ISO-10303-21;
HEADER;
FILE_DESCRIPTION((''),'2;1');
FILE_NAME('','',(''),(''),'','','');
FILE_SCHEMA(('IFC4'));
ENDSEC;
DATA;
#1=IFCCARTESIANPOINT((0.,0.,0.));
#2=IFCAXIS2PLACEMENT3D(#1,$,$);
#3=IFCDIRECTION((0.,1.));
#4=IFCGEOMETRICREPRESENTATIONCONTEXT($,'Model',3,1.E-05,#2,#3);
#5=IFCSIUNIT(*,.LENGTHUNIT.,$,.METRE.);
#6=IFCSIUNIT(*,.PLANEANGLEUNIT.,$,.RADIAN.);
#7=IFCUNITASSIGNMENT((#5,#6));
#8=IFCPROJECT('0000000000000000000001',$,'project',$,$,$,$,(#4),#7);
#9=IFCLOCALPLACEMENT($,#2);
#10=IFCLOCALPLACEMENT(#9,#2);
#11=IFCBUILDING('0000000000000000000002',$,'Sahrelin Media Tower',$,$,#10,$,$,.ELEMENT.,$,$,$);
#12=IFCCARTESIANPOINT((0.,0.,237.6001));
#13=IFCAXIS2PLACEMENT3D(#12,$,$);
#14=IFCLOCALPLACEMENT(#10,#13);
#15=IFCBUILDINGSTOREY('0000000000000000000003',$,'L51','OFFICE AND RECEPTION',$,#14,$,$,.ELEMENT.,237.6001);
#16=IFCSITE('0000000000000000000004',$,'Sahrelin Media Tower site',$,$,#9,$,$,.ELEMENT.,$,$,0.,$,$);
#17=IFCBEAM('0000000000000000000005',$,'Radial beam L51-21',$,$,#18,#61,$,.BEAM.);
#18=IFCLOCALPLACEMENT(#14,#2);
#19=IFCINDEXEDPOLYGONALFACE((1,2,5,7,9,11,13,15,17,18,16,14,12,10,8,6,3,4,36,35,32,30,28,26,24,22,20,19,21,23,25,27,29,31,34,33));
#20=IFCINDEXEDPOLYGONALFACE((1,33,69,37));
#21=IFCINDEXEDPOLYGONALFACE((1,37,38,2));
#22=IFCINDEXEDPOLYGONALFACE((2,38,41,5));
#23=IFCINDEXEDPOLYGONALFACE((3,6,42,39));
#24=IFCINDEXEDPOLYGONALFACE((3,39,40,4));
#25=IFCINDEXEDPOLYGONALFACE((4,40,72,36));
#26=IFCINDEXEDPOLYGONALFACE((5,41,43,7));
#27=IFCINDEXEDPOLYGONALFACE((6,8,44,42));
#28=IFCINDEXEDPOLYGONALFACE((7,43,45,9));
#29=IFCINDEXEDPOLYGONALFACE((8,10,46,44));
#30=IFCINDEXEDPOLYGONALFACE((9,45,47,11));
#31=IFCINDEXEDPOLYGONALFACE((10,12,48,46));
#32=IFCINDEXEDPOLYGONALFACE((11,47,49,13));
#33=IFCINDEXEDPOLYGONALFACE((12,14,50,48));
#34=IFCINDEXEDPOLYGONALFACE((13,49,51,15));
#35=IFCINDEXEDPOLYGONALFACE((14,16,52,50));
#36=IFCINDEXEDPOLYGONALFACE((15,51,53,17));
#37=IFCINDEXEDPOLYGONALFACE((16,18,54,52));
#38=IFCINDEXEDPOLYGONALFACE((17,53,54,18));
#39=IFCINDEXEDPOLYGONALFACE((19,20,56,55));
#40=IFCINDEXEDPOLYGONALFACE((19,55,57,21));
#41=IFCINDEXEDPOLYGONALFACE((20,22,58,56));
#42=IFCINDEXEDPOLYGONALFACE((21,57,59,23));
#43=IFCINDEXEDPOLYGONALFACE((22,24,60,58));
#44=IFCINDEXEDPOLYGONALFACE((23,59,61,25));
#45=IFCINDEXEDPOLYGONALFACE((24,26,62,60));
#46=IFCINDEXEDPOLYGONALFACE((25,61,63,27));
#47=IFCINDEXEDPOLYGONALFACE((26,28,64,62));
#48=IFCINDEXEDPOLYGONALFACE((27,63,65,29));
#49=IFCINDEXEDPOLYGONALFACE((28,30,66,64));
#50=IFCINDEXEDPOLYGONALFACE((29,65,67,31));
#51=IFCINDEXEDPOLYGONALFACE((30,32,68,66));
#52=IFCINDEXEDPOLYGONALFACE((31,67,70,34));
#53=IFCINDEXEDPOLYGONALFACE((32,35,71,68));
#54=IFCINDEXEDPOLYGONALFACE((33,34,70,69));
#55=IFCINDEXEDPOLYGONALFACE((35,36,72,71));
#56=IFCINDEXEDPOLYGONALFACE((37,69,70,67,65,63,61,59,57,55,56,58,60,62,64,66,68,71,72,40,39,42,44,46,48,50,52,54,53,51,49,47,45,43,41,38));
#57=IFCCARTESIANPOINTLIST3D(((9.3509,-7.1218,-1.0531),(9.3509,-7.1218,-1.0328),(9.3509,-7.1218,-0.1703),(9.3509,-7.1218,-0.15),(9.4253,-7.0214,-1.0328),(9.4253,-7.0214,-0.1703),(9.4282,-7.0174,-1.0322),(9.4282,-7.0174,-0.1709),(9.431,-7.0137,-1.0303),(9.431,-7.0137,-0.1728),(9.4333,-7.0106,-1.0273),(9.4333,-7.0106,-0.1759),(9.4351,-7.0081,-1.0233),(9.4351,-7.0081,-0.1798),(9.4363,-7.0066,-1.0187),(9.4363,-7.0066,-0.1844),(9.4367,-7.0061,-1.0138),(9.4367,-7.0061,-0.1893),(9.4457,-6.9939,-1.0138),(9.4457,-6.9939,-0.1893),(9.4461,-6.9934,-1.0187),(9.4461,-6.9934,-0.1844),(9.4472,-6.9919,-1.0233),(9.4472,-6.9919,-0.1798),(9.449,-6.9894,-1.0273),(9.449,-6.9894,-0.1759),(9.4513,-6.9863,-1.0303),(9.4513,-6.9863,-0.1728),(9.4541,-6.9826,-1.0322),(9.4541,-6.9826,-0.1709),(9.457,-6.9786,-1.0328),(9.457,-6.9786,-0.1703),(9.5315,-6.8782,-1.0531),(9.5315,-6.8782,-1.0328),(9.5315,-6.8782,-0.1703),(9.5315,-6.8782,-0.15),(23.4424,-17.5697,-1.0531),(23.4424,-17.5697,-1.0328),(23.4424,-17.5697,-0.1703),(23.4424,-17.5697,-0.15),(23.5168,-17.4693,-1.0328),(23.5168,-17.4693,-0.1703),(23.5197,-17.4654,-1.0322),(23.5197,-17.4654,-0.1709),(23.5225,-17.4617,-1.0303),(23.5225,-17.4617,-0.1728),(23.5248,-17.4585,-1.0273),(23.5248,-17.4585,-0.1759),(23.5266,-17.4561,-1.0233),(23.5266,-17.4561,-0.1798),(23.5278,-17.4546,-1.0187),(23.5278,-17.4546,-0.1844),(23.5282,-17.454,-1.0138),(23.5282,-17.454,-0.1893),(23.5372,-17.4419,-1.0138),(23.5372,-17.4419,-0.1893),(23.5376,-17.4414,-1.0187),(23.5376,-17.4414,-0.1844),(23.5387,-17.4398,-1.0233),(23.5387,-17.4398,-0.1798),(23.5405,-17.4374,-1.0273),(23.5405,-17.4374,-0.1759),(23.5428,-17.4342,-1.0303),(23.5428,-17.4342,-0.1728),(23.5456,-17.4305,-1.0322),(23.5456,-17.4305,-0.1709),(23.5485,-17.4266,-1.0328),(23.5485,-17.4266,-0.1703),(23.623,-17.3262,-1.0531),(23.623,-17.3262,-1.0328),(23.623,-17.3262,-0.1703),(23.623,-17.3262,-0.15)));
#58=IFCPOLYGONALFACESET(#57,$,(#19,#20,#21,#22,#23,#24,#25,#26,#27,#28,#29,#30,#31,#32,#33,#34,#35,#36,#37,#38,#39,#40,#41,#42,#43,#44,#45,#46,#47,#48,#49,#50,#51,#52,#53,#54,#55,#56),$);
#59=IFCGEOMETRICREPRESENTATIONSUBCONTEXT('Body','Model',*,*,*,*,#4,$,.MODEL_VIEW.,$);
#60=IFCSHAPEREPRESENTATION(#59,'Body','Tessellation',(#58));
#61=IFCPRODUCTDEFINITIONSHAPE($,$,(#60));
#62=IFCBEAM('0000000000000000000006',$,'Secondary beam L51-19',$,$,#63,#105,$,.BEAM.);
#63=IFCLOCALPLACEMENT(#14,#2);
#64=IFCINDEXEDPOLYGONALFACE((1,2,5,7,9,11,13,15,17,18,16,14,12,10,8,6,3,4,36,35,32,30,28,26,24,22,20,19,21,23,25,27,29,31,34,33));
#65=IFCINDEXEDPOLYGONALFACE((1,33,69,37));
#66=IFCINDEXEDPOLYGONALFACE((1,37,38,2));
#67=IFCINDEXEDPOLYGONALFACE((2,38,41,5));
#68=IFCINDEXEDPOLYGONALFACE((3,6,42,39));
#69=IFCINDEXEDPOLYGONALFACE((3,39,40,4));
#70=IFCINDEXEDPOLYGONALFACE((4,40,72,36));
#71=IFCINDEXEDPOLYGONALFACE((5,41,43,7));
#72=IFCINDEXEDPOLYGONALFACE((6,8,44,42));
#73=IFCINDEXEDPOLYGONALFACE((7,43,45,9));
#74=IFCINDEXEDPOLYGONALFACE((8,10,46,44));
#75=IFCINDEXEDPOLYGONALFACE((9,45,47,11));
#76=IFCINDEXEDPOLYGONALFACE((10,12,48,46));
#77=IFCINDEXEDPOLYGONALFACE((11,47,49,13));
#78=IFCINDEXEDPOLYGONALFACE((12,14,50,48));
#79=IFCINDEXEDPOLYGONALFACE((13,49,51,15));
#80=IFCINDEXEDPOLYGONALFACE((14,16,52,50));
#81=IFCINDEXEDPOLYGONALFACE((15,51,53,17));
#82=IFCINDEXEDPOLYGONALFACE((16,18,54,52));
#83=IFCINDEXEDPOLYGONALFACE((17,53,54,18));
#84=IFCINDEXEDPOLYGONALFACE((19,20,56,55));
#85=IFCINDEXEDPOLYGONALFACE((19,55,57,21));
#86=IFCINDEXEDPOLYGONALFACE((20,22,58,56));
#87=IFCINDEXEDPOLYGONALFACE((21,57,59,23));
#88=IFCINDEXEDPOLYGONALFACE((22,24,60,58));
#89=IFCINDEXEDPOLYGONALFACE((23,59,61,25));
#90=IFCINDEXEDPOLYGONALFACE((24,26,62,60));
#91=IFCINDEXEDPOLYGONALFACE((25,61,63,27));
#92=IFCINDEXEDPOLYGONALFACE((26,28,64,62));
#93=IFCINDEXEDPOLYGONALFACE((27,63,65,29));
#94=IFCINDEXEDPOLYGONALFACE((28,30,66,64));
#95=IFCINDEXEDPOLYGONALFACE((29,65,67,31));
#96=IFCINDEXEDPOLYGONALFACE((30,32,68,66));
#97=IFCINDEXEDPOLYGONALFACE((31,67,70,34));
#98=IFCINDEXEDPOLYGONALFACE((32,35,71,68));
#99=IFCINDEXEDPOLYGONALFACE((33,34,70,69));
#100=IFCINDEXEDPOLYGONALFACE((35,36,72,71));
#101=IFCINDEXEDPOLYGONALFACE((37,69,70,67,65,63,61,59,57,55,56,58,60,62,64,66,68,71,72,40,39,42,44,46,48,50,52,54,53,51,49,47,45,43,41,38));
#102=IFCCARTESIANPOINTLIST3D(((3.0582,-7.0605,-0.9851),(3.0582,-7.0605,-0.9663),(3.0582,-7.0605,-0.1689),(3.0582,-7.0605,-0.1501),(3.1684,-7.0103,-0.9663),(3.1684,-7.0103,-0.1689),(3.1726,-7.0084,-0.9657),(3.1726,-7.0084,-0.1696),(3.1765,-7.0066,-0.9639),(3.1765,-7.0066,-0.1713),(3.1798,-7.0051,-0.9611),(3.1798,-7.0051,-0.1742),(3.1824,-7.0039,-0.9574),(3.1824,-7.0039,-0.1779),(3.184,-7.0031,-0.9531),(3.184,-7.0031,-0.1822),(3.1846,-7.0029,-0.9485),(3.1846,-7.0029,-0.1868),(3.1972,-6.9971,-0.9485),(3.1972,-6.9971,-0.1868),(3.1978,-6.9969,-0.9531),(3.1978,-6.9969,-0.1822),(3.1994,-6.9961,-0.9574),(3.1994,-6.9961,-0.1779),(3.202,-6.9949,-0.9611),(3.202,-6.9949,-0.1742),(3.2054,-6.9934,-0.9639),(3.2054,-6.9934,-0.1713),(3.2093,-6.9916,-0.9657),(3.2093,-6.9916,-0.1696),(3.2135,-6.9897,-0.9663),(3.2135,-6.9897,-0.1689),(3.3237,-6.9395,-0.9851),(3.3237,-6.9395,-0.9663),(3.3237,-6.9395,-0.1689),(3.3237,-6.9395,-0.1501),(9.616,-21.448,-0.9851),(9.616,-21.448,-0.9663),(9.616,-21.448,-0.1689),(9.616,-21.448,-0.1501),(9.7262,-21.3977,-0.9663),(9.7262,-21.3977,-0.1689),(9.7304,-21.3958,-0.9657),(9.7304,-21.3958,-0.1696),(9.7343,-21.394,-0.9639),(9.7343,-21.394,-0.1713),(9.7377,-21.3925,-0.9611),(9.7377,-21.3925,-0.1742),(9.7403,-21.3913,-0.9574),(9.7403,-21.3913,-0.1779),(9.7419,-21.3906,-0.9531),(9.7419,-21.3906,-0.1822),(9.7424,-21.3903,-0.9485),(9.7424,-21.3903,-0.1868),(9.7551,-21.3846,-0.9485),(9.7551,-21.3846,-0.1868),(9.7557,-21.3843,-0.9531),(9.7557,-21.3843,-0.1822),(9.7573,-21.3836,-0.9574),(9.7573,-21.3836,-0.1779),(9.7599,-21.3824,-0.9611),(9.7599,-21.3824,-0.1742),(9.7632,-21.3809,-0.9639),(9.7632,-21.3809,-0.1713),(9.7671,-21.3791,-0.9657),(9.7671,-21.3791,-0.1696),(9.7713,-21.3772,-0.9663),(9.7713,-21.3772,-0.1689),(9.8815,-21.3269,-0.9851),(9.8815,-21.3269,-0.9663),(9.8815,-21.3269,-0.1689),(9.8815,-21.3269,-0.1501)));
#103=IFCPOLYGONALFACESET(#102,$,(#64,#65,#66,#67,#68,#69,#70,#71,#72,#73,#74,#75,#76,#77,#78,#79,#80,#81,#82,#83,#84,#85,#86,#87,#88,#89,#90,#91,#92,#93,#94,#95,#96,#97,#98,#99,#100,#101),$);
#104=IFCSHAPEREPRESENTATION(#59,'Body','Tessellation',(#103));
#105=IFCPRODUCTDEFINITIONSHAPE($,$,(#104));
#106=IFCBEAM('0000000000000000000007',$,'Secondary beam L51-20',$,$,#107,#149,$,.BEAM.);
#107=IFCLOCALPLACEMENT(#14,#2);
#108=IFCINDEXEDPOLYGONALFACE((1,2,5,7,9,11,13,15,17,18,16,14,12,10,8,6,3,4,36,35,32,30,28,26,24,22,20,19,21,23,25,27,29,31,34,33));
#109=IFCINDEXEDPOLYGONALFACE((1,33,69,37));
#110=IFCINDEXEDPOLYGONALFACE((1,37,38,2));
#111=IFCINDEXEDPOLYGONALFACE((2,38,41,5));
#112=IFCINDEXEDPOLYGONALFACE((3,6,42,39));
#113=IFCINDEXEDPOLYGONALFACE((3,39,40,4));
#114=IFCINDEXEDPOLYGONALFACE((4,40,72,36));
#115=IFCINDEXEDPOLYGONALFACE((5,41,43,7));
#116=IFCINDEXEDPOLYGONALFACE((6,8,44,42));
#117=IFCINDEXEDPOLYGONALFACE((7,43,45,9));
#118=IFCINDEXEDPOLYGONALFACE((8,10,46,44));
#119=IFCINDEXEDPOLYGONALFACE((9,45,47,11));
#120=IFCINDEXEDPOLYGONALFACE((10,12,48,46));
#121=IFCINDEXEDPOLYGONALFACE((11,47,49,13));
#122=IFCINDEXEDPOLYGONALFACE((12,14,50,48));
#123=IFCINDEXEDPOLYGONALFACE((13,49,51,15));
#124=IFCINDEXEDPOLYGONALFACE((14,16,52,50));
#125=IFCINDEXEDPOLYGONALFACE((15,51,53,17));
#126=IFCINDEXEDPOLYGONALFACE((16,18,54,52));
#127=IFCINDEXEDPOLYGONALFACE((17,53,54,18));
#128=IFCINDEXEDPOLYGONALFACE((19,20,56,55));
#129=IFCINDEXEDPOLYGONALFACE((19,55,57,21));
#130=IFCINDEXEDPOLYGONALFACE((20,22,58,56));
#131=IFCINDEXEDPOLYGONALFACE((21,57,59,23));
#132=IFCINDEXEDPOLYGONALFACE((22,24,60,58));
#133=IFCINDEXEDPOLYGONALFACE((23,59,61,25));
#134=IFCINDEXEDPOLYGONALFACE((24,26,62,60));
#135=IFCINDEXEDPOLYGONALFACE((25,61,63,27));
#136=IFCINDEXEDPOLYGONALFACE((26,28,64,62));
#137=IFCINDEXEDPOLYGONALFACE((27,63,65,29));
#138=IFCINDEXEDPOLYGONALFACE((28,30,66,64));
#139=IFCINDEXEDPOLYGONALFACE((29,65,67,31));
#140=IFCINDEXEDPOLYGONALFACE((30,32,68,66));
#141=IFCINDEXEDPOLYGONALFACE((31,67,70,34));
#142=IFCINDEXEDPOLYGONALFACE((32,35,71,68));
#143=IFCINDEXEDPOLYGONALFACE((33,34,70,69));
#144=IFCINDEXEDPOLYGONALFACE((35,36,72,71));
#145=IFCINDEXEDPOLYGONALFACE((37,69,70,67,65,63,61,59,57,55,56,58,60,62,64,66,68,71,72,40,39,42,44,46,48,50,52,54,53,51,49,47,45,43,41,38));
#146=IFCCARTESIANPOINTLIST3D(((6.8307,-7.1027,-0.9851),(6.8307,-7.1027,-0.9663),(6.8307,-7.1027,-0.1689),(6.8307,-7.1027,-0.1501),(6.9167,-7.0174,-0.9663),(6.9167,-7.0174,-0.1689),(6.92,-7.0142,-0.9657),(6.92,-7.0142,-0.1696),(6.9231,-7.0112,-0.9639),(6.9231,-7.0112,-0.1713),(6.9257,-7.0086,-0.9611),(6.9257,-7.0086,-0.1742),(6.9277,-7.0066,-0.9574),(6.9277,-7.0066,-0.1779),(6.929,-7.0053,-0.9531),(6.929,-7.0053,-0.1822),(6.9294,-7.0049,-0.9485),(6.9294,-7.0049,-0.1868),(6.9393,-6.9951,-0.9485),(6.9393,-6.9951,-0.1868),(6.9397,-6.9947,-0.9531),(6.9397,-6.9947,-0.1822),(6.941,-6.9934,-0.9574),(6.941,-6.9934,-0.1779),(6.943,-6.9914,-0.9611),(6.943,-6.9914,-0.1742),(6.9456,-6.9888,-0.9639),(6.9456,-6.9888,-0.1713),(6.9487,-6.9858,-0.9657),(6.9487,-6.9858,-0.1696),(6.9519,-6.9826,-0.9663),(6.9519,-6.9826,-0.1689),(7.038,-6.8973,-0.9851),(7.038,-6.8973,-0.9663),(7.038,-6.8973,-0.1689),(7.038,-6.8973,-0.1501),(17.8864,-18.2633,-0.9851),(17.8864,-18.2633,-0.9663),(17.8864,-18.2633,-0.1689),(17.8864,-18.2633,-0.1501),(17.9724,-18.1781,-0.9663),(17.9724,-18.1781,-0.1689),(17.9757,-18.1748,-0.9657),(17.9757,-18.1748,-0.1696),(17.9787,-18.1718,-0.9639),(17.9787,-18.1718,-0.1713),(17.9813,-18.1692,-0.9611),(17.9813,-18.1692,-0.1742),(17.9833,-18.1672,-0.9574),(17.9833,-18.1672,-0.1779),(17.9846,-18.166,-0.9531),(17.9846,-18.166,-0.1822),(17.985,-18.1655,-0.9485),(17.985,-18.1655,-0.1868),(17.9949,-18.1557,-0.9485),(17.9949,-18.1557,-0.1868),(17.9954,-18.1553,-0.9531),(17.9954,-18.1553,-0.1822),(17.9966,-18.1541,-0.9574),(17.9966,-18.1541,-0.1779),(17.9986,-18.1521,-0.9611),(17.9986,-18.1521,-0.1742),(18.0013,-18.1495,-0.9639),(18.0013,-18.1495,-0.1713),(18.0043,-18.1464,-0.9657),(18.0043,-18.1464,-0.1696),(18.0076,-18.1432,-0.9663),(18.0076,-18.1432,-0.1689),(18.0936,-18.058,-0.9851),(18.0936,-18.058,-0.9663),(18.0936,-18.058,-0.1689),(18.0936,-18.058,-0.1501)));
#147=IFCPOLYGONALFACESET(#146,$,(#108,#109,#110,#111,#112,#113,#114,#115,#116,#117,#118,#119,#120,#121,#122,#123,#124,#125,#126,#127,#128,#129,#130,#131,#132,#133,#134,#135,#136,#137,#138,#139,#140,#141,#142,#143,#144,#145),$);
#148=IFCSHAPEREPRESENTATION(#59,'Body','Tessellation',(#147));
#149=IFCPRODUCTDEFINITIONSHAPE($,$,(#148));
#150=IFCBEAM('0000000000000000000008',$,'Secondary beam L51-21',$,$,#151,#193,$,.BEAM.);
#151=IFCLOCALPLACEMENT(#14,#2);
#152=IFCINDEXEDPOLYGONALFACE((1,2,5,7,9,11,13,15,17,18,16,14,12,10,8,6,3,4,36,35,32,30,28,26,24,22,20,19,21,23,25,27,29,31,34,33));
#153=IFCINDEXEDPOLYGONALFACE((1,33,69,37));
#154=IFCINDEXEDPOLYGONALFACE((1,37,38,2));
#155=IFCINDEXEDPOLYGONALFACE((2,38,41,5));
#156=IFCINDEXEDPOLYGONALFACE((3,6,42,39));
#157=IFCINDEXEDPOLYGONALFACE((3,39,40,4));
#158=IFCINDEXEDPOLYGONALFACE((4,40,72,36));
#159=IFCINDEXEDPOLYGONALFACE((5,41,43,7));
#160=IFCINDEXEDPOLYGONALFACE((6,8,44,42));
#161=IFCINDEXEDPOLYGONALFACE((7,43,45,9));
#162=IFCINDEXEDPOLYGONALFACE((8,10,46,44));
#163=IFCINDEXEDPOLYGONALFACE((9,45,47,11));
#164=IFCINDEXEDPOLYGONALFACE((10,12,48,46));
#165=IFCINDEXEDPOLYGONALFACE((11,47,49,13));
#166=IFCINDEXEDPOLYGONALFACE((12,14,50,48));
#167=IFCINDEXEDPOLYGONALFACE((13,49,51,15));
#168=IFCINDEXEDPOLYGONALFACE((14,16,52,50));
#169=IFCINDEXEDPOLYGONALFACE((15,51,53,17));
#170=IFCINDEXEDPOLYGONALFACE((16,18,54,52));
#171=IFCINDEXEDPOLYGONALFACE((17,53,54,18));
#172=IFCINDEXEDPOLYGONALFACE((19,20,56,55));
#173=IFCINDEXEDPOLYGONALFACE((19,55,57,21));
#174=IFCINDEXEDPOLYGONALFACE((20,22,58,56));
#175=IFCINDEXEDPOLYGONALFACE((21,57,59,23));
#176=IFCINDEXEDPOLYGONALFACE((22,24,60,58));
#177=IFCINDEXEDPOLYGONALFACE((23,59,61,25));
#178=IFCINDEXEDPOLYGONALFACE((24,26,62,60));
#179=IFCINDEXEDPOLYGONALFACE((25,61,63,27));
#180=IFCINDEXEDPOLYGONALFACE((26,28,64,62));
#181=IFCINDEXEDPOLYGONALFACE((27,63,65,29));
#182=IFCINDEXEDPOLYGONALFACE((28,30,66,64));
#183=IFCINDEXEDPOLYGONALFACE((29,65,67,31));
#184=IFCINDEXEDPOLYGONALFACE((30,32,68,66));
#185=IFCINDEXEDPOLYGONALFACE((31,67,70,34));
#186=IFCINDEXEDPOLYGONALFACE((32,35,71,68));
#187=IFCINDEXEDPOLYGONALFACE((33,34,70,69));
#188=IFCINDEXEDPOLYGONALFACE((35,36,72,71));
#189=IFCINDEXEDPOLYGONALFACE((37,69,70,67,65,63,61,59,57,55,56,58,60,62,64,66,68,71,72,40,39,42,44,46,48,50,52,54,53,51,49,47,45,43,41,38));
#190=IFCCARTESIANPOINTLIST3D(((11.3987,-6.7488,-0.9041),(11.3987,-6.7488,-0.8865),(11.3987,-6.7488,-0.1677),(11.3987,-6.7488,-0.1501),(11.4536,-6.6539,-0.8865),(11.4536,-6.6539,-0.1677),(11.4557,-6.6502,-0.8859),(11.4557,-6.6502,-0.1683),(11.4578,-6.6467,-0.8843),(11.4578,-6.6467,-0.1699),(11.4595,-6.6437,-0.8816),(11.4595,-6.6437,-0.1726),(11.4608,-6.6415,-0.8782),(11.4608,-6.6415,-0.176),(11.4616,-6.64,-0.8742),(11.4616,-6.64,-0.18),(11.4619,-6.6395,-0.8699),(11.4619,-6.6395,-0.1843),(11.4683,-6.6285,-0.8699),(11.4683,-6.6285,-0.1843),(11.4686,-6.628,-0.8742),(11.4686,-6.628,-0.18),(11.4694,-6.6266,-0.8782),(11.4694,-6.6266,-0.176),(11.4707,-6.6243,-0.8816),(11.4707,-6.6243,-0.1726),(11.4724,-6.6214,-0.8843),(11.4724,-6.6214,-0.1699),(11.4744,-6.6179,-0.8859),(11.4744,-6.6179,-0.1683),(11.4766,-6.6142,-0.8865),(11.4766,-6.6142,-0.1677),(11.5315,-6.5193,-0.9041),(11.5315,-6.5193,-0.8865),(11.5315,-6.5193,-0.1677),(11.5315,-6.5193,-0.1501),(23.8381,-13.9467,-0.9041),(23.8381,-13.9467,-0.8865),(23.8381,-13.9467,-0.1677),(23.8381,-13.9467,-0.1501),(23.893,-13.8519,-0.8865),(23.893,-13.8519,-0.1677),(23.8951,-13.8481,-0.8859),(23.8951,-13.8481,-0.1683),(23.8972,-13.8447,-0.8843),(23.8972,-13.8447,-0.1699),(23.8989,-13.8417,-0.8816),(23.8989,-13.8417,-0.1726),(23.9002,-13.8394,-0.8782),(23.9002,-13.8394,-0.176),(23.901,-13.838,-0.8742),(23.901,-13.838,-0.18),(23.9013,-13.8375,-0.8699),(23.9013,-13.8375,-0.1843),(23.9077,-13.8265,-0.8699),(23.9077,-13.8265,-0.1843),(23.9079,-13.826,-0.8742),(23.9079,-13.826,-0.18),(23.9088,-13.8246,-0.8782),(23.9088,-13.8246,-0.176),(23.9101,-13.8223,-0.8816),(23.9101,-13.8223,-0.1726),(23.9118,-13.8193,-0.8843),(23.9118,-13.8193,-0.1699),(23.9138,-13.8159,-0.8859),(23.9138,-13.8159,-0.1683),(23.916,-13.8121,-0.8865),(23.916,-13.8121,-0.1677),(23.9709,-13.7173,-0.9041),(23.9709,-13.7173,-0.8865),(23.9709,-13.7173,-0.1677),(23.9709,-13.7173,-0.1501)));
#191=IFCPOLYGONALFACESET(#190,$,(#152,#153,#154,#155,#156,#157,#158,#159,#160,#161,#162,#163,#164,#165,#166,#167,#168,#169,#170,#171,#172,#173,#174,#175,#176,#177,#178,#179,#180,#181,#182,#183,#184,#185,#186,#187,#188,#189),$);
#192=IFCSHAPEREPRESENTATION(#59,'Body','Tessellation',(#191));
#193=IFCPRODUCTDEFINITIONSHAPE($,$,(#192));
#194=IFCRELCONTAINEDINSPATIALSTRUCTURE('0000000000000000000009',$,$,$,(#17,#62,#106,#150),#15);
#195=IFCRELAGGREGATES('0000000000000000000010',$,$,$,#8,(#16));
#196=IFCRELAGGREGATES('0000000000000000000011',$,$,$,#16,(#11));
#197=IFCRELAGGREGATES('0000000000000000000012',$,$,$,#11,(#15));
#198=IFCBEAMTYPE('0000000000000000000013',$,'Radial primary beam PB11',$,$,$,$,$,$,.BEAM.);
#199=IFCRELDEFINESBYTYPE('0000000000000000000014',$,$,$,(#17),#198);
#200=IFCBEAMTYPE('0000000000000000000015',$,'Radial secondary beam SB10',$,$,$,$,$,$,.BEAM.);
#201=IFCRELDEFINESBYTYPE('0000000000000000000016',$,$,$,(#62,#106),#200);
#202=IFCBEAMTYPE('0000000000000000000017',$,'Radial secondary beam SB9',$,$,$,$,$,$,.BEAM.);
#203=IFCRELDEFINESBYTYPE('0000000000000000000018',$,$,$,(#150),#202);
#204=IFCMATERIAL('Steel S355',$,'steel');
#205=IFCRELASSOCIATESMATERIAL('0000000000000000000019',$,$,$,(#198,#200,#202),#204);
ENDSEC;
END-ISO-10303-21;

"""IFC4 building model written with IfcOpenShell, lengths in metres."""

from ifc_helpers import new_model, si_unit, direction, frame, origin, origin_2d, place, context, subcontext, project, spatial, i_section, extrude, material, material_profile, profile_set, type_object, element, save


model = new_model("IFC4")

# Units and contexts
model_context = context("Model", 3, precision=1e-05, world=origin(), true_north=direction((0.0, 1.0)))
body_context = subcontext(model_context, "Body", "Model", "MODEL_VIEW")
ifc_project = project(units=[si_unit("LENGTHUNIT", "METRE"), si_unit("PLANEANGLEUNIT", "RADIAN")], contexts=[model_context])

# Site, building, storey
site_placement = place(None, origin())
site = spatial("IfcSite", under=ifc_project, at=site_placement, Name="Sahrelin Media Tower site", CompositionType="ELEMENT", RefElevation=0.0)
building_placement = place(site_placement, origin())
building = spatial("IfcBuilding", under=site, at=building_placement, Name="Sahrelin Media Tower", CompositionType="ELEMENT")
storey_placement = place(building_placement, frame((0.0, 0.0, 237.6001)))
storey = spatial("IfcBuildingStorey", under=building, at=storey_placement, Name="L51", Description="OFFICE AND RECEPTION", CompositionType="ELEMENT", Elevation=237.6001)

# Shared definitions
ifc_material_1 = material(Name="Steel S355", Category="steel")

# Beams
ifc_material_profile_1 = material_profile(ifc_material_1, i_section(OverallWidth=0.3032, OverallDepth=0.9031, WebThickness=0.0151, FlangeThickness=0.0203, FilletRadius=0.019, at=origin_2d()), Name="UB 914x305x201")
ifc_profile_set_1 = profile_set([ifc_material_profile_1], Name="Steel S355")
beam_type_1 = type_object("IfcBeamType", Name="Radial primary beam PB11", PredefinedType="BEAM", material=ifc_profile_set_1)
beam_1_placement = place(storey_placement, frame((9.4412, -7.0, -0.6016), z_axis=(0.80329, -0.595589, 0.0), x_axis=(0.595589, 0.80329, 0.0)))
element("IfcBeam", 1, at=beam_1_placement, inside=storey, type_object=beam_type_1, Name="Radial beam L51-21", PredefinedType="BEAM", context=body_context, shape_type="SweptSolid", body=[
    extrude(i_section(OverallWidth=0.3032, OverallDepth=0.9031, WebThickness=0.0151, FlangeThickness=0.0203, FilletRadius=0.019, at=origin_2d()), origin(), (0.0, 0.0, 1.0), 17.5422),
])
ifc_material_profile_2 = material_profile(ifc_material_1, i_section(OverallWidth=0.2917, OverallDepth=0.835, WebThickness=0.0139, FlangeThickness=0.0188, FilletRadius=0.0178, at=origin_2d()), Name="UB 838x292x176")
ifc_profile_set_2 = profile_set([ifc_material_profile_2], Name="Steel S355")
beam_type_2 = type_object("IfcBeamType", Name="Radial secondary beam SB10", PredefinedType="BEAM", material=ifc_profile_set_2)
beam_2_placement = place(storey_placement, frame((3.1909, -7.0, -0.5676), z_axis=(0.414752, -0.909934, 0.0), x_axis=(0.909934, 0.414752, 0.0)))
element("IfcBeam", 2, at=beam_2_placement, inside=storey, type_object=beam_type_2, Name="Secondary beam L51-19", PredefinedType="BEAM", context=body_context, shape_type="SweptSolid", body=[
    extrude(i_section(OverallWidth=0.2917, OverallDepth=0.835, WebThickness=0.0139, FlangeThickness=0.0188, FilletRadius=0.0178, at=origin_2d()), origin(), (0.0, 0.0, 1.0), 15.8115),
])
beam_3_placement = place(storey_placement, frame((6.9343, -7.0, -0.5676), z_axis=(0.703758, -0.71044, 0.0), x_axis=(0.71044, 0.703758, 0.0)))
element("IfcBeam", 3, at=beam_3_placement, inside=storey, type_object=beam_type_2, Name="Secondary beam L51-20", PredefinedType="BEAM", context=body_context, shape_type="SweptSolid", body=[
    extrude(i_section(OverallWidth=0.2917, OverallDepth=0.835, WebThickness=0.0139, FlangeThickness=0.0188, FilletRadius=0.0178, at=origin_2d()), origin(), (0.0, 0.0, 1.0), 15.7095),
])
ifc_material_profile_3 = material_profile(ifc_material_1, i_section(OverallWidth=0.2651, OverallDepth=0.7539, WebThickness=0.0127, FlangeThickness=0.0176, FilletRadius=0.0166, at=origin_2d()), Name="UB 762x267x147")
ifc_profile_set_3 = profile_set([ifc_material_profile_3], Name="Steel S355")
beam_type_3 = type_object("IfcBeamType", Name="Radial secondary beam SB9", PredefinedType="BEAM", material=ifc_profile_set_3)
beam_4_placement = place(storey_placement, frame((11.4651, -6.634, -0.5271), z_axis=(0.865541, -0.500839, 0.0), x_axis=(0.500839, 0.865541, 0.0)))
element("IfcBeam", 4, at=beam_4_placement, inside=storey, type_object=beam_type_3, Name="Secondary beam L51-21", PredefinedType="BEAM", context=body_context, shape_type="SweptSolid", body=[
    extrude(i_section(OverallWidth=0.2651, OverallDepth=0.7539, WebThickness=0.0127, FlangeThickness=0.0176, FilletRadius=0.0166, at=origin_2d()), origin(), (0.0, 0.0, 1.0), 14.3718),
])

save(model, "model.ifc")
